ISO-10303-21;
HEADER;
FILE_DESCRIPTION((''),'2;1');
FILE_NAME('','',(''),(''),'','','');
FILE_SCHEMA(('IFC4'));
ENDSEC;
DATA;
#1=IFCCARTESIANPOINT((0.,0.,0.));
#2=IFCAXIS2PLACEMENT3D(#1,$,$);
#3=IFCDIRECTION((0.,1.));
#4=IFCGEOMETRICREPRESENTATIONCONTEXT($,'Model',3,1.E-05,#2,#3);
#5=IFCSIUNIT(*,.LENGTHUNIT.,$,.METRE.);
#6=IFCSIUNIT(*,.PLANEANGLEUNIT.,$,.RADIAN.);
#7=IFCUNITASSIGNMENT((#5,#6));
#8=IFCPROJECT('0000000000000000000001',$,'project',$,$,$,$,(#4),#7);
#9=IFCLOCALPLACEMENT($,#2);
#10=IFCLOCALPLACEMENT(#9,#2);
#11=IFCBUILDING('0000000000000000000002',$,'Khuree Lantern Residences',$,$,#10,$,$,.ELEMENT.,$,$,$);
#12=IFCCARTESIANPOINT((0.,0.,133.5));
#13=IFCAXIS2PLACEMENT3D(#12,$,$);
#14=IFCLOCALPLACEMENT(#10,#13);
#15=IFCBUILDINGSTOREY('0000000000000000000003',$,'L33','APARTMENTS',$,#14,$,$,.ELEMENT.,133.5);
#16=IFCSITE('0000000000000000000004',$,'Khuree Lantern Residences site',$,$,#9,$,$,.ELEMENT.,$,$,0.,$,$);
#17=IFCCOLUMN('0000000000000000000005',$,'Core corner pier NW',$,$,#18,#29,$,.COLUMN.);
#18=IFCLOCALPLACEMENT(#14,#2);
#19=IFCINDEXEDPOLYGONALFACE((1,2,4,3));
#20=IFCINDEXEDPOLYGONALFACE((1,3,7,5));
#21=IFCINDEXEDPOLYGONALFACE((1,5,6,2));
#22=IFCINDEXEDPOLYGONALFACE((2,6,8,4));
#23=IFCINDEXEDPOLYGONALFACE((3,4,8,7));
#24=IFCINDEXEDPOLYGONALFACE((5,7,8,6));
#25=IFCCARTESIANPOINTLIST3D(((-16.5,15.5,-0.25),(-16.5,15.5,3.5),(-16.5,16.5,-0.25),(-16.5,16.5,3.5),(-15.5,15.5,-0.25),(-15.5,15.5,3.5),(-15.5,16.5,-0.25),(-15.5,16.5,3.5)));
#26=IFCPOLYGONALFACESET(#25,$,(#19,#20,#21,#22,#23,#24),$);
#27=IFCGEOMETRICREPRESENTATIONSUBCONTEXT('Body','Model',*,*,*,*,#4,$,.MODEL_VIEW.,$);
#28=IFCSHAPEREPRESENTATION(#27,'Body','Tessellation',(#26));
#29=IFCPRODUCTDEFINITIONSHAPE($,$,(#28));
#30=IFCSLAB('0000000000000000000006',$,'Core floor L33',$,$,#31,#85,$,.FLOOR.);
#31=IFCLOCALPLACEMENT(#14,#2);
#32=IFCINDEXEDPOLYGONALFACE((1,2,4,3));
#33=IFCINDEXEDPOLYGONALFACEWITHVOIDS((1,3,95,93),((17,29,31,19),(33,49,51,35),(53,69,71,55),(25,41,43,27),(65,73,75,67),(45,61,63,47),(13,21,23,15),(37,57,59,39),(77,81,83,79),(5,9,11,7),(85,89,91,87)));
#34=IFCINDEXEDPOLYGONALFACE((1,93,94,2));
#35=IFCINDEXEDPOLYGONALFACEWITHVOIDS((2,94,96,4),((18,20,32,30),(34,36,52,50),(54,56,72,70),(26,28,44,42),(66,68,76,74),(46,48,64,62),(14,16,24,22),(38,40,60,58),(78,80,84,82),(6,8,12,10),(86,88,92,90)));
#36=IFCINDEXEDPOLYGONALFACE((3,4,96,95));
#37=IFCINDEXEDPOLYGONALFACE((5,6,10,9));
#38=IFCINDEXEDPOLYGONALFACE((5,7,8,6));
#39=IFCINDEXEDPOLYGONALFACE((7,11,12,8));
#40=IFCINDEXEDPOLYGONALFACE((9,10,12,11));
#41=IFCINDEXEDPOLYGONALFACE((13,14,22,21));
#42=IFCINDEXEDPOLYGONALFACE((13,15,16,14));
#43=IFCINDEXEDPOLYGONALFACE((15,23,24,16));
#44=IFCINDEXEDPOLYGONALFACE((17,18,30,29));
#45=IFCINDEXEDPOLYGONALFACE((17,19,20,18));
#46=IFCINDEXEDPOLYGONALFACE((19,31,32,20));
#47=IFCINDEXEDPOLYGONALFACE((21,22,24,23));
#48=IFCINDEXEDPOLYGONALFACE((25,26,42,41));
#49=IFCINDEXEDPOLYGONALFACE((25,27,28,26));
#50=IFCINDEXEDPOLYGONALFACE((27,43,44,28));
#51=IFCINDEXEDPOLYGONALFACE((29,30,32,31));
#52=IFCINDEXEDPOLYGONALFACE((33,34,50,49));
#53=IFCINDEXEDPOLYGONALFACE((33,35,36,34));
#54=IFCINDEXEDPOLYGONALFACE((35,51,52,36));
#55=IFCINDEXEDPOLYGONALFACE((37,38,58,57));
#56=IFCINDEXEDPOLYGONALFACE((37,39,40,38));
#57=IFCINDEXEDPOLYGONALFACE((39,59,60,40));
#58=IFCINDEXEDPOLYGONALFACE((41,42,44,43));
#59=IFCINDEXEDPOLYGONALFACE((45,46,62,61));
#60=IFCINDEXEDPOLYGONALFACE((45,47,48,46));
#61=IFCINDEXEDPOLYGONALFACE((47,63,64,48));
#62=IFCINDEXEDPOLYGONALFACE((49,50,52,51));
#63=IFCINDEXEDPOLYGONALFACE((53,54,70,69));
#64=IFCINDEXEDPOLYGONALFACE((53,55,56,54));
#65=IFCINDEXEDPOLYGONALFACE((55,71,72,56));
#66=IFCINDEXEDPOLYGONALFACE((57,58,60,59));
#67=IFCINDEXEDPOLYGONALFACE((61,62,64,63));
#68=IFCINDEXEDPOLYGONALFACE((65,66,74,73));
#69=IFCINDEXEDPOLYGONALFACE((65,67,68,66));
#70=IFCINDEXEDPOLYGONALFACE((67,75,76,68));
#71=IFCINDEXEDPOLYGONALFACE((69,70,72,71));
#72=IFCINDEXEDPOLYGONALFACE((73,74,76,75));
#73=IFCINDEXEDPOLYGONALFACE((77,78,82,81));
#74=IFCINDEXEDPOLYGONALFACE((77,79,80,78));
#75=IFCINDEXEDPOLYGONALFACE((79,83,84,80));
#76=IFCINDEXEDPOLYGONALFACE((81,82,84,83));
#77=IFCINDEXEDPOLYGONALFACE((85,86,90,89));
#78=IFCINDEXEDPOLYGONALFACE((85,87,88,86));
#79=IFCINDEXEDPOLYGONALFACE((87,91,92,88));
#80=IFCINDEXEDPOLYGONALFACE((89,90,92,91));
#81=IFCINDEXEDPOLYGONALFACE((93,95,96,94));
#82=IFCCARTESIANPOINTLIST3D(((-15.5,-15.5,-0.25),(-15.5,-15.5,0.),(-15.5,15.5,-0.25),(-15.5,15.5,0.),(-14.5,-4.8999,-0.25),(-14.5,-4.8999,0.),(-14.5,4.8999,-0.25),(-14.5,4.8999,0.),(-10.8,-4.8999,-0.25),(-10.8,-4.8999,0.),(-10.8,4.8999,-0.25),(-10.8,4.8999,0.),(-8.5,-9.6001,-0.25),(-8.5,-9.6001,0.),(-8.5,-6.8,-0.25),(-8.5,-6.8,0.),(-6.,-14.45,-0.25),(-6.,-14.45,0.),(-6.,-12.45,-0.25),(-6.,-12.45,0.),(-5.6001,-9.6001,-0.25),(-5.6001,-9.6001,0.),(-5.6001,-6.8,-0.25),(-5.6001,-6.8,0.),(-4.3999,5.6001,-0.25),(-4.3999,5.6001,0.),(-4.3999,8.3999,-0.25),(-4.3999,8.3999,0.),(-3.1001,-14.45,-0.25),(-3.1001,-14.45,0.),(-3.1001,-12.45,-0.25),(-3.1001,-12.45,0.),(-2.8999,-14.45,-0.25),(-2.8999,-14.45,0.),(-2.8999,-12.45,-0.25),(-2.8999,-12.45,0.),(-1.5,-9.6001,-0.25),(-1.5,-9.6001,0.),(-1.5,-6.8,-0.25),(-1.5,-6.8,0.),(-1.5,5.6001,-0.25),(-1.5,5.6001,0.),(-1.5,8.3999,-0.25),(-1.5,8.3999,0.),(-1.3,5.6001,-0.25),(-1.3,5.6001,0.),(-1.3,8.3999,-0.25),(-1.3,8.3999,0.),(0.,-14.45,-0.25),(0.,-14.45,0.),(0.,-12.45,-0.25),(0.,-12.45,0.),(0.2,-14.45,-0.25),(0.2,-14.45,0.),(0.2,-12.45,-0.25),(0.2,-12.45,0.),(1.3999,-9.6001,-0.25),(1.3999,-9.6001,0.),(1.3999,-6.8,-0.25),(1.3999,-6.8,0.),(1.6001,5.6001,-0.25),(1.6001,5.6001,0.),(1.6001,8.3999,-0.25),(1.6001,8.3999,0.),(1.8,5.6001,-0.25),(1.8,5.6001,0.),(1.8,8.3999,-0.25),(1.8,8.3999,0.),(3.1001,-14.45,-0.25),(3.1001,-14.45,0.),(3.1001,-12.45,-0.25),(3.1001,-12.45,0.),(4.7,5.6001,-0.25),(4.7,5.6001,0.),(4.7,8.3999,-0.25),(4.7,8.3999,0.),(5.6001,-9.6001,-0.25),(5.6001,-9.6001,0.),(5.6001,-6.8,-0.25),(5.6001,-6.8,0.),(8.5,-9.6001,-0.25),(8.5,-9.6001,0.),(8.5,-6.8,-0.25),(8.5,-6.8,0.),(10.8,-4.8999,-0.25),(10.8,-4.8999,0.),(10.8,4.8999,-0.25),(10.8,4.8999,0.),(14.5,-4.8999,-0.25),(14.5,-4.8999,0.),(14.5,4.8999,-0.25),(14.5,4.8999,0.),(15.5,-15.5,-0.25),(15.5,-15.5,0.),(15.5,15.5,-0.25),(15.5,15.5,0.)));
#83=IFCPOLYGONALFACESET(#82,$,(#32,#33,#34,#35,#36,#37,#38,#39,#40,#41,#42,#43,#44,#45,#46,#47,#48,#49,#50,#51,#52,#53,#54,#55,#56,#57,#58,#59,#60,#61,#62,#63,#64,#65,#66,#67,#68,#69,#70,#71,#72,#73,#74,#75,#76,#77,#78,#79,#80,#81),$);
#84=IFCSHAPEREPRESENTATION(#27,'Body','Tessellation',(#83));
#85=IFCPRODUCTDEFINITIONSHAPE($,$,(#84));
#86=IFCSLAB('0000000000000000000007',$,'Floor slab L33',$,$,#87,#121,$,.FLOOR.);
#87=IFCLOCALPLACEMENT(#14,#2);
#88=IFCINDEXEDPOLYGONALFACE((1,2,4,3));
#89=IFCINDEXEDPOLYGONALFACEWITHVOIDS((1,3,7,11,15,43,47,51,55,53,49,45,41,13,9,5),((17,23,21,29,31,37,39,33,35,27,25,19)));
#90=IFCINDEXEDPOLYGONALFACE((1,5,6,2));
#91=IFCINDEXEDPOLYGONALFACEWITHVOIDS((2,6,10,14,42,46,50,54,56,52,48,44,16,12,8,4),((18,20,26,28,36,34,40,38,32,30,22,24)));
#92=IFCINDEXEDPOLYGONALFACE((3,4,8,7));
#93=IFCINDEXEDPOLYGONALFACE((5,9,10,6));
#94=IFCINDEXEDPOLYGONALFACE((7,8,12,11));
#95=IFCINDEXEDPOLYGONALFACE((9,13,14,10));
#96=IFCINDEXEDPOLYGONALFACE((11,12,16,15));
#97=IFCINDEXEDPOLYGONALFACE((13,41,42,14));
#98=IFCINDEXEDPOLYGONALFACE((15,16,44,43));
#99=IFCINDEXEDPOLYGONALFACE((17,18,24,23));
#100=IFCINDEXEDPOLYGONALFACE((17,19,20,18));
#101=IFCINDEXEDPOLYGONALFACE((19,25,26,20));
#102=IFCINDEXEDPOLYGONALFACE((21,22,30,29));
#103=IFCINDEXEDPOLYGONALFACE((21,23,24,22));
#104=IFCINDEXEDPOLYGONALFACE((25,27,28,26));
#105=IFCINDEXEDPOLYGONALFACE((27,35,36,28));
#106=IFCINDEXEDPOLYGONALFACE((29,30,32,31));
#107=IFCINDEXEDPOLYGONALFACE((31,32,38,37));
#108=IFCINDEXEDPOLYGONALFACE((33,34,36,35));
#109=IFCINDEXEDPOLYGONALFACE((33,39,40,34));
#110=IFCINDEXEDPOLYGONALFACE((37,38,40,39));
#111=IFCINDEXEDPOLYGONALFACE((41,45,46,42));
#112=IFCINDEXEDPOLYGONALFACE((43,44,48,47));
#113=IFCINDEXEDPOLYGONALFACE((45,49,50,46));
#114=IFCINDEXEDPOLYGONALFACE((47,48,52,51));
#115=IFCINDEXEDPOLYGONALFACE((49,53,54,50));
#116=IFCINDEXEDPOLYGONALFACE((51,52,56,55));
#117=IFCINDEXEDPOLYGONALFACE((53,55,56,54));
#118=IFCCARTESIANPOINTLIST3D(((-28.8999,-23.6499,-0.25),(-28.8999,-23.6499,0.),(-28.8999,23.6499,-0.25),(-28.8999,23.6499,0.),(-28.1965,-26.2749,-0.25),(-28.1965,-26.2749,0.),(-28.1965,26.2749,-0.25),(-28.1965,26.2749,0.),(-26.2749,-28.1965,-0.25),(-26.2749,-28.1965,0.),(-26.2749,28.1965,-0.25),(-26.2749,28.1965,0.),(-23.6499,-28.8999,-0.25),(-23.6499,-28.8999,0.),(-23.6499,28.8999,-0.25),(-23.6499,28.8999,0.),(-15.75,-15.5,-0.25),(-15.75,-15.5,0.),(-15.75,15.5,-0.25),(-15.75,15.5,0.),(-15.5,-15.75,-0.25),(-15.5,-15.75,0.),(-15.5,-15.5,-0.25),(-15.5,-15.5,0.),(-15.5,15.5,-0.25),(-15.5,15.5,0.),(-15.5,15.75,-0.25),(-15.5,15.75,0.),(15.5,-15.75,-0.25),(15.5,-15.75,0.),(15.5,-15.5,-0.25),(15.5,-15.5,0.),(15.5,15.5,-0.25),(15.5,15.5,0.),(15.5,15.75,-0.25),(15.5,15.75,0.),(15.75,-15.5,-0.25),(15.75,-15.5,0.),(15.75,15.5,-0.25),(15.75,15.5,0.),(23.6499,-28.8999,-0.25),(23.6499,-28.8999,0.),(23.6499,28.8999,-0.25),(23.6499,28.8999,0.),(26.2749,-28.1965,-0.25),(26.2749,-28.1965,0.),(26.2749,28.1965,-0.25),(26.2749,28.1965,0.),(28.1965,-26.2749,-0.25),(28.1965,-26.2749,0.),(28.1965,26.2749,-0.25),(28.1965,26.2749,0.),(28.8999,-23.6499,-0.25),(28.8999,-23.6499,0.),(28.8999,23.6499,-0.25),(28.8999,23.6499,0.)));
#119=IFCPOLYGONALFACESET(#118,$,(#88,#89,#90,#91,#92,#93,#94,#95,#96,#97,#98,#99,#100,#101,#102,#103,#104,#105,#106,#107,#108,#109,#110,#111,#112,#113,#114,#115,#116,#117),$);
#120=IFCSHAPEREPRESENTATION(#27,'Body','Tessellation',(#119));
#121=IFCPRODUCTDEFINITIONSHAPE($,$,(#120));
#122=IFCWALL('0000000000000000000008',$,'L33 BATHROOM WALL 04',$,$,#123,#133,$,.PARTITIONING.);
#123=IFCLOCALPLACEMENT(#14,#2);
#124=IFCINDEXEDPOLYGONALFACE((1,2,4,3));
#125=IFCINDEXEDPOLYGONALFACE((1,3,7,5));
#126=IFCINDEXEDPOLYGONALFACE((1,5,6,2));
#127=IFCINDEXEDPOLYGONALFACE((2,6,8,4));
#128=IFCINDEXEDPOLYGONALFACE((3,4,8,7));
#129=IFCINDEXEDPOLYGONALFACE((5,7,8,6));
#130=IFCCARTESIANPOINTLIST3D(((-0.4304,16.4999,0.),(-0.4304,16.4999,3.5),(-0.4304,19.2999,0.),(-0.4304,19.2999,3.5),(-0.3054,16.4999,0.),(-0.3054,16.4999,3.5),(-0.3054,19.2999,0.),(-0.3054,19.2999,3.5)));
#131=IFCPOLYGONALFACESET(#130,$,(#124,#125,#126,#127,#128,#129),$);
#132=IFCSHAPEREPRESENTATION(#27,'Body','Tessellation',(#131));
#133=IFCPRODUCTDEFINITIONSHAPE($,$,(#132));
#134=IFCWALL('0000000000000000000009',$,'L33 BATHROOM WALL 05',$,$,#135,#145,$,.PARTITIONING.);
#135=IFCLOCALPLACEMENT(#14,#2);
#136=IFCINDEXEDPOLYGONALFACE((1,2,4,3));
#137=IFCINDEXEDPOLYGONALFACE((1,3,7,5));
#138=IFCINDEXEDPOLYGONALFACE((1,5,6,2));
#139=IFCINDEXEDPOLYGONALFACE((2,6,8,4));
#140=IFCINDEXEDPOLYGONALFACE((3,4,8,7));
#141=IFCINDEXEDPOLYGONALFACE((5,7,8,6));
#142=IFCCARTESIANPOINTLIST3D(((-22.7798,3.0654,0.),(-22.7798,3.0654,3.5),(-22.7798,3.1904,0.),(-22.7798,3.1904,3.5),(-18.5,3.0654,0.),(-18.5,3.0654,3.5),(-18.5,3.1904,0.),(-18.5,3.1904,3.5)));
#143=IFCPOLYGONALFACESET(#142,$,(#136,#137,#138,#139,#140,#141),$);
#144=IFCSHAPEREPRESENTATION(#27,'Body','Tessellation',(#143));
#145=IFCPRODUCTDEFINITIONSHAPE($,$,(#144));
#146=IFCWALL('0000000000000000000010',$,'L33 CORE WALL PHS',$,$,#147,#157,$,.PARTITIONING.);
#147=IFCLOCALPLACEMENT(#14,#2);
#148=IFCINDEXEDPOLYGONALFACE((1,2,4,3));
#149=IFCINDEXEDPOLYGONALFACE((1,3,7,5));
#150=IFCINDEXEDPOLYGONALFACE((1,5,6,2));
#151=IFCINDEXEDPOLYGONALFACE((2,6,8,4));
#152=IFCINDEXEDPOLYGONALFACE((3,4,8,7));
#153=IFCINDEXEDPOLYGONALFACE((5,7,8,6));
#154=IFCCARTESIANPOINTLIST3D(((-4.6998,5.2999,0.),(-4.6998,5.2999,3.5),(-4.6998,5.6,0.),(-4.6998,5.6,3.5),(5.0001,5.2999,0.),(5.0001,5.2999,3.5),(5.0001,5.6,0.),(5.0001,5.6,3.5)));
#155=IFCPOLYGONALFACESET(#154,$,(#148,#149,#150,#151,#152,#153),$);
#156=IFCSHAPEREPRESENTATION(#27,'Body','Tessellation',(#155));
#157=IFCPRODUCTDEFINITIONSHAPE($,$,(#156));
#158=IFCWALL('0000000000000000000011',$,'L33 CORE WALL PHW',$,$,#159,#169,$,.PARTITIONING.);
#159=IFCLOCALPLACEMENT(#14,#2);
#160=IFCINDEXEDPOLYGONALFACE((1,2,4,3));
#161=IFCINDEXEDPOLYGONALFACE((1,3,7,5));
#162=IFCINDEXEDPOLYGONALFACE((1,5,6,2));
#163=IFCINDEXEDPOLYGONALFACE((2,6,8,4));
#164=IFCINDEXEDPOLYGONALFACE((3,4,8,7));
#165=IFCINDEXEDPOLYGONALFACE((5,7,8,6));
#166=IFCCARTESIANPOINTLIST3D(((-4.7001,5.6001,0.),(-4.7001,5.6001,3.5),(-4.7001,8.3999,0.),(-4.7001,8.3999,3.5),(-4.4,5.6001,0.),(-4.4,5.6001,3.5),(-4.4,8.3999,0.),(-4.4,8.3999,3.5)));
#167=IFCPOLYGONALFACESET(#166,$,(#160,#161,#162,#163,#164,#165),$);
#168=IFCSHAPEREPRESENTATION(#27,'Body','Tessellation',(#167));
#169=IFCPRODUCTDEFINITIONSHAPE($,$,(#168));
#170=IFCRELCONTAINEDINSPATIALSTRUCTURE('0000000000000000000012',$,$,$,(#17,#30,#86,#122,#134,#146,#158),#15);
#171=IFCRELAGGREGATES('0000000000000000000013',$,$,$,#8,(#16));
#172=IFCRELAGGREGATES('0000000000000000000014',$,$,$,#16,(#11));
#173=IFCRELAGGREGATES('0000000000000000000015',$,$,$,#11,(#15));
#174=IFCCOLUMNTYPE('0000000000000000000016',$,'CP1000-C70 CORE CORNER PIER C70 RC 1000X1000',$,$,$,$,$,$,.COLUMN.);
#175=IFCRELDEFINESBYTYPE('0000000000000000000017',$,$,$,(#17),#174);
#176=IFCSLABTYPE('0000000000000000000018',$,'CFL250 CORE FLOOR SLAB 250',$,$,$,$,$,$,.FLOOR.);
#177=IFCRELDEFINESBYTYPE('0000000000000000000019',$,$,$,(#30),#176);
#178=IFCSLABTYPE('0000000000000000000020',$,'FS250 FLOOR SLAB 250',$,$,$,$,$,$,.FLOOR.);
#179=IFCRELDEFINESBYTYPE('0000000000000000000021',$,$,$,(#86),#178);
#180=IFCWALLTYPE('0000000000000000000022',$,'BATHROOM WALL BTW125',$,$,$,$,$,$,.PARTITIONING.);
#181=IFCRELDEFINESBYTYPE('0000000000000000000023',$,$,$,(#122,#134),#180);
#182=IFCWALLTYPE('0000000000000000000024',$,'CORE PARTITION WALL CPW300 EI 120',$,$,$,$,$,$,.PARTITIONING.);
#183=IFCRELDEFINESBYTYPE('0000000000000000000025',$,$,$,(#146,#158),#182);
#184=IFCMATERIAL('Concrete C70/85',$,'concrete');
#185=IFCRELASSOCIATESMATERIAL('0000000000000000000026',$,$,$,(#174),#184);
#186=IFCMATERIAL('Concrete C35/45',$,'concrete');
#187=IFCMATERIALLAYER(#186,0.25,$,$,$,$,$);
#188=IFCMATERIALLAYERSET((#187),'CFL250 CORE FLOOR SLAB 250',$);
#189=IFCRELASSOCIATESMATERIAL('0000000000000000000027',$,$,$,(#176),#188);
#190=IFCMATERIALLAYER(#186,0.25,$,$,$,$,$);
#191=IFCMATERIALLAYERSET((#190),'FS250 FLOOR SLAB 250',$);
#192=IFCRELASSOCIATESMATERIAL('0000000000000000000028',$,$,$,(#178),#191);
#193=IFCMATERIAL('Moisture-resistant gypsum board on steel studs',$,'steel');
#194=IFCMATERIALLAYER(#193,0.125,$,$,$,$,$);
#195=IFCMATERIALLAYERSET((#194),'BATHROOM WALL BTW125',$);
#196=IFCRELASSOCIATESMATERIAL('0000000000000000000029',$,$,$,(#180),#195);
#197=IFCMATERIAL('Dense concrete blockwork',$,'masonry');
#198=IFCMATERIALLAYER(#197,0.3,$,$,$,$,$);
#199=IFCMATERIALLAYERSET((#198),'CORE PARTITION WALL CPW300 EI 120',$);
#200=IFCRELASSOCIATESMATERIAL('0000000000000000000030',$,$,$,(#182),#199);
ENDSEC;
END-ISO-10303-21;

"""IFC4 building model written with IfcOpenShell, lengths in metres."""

from ifc_helpers import new_model, si_unit, direction, frame, frame_2d, origin, origin_2d, place, context, subcontext, project, spatial, polyline, rectangle, outline, extrude, material, layer, layer_set, material_profile, profile_set, type_object, element, save


model = new_model("IFC4")

# Units and contexts
model_context = context("Model", 3, precision=1e-05, world=origin(), true_north=direction((0.0, 1.0)))
body_context = subcontext(model_context, "Body", "Model", "MODEL_VIEW")
ifc_project = project(units=[si_unit("LENGTHUNIT", "METRE"), si_unit("PLANEANGLEUNIT", "RADIAN")], contexts=[model_context])

# Site, building, storey
site_placement = place(None, origin())
site = spatial("IfcSite", under=ifc_project, at=site_placement, Name="Khuree Lantern Residences site", CompositionType="ELEMENT", RefElevation=0.0)
building_placement = place(site_placement, origin())
building = spatial("IfcBuilding", under=site, at=building_placement, Name="Khuree Lantern Residences", CompositionType="ELEMENT")
storey_placement = place(building_placement, frame((0.0, 0.0, 133.5)))
storey = spatial("IfcBuildingStorey", under=building, at=storey_placement, Name="L33", Description="APARTMENTS", CompositionType="ELEMENT", Elevation=133.5)

# Column
ifc_material_1 = material(Name="Concrete C70/85", Category="concrete")
ifc_material_profile = material_profile(ifc_material_1, rectangle(XDim=1.0, YDim=1.0, at=origin_2d()), Name="RC 1000X1000")
ifc_profile_set = profile_set([ifc_material_profile], Name="Concrete C70/85")
column_type = type_object("IfcColumnType", Name="CP1000-C70 CORE CORNER PIER C70 RC 1000X1000", PredefinedType="COLUMN", material=ifc_profile_set)
column_placement = place(storey_placement, frame((-16.0, 16.0, -0.25), z_axis=(0.0, 0.0, 1.0), x_axis=(1.0, 0.0, 0.0)))
element("IfcColumn", 1, at=column_placement, inside=storey, type_object=column_type, Name="Core corner pier NW", PredefinedType="COLUMN", context=body_context, shape_type="SweptSolid", body=[
    extrude(rectangle(XDim=1.0, YDim=1.0, at=origin_2d()), origin(), (0.0, 0.0, 1.0), 3.75),
])

# Slabs
ifc_material_2 = material(Name="Concrete C35/45", Category="concrete")
ifc_layer_1 = layer(ifc_material_2, 0.25)
ifc_layer_set_1 = layer_set([ifc_layer_1], Name="CFL250 CORE FLOOR SLAB 250")
slab_type_1 = type_object("IfcSlabType", Name="CFL250 CORE FLOOR SLAB 250", PredefinedType="FLOOR", material=ifc_layer_set_1)
slab_1_placement = place(storey_placement, frame((0.0, 0.0, -0.25)))
element("IfcSlab", 2, at=slab_1_placement, inside=storey, type_object=slab_type_1, Name="Core floor L33", PredefinedType="FLOOR", context=body_context, shape_type="SweptSolid", body=[
    extrude(outline(polyline([(-15.5, -15.5), (-15.5, 15.5), (15.5, 15.5), (15.5, -15.5), (-15.5, -15.5)]), holes=[polyline([(10.8, 4.8999), (10.8, -4.8999), (14.5, -4.8999), (14.5, 4.8999), (10.8, 4.8999)]), polyline([(8.5, -6.8), (5.6001, -6.8), (5.6001, -9.6001), (8.5, -9.6001), (8.5, -6.8)]), polyline([(4.7, 8.3999), (1.8, 8.3999), (1.8, 5.6001), (4.7, 5.6001), (4.7, 8.3999)]), polyline([(3.1001, -12.45), (0.2, -12.45), (0.2, -14.45), (3.1001, -14.45), (3.1001, -12.45)]), polyline([(1.6001, 8.3999), (-1.3, 8.3999), (-1.3, 5.6001), (1.6001, 5.6001), (1.6001, 8.3999)]), polyline([(1.3999, -6.8), (-1.5, -6.8), (-1.5, -9.6001), (1.3999, -9.6001), (1.3999, -6.8)]), polyline([(-2.8999, -12.45), (-2.8999, -14.45), (0.0, -14.45), (0.0, -12.45), (-2.8999, -12.45)]), polyline([(-4.3999, 8.3999), (-4.3999, 5.6001), (-1.5, 5.6001), (-1.5, 8.3999), (-4.3999, 8.3999)]), polyline([(-6.0, -12.45), (-6.0, -14.45), (-3.1001, -14.45), (-3.1001, -12.45), (-6.0, -12.45)]), polyline([(-8.5, -6.8), (-8.5, -9.6001), (-5.6001, -9.6001), (-5.6001, -6.8), (-8.5, -6.8)]), polyline([(-10.8, 4.8999), (-14.5, 4.8999), (-14.5, -4.8999), (-10.8, -4.8999), (-10.8, 4.8999)])]), origin(), (0.0, 0.0, 1.0), 0.25),
])
ifc_layer_2 = layer(ifc_material_2, 0.25)
ifc_layer_set_2 = layer_set([ifc_layer_2], Name="FS250 FLOOR SLAB 250")
slab_type_2 = type_object("IfcSlabType", Name="FS250 FLOOR SLAB 250", PredefinedType="FLOOR", material=ifc_layer_set_2)
slab_2_placement = place(storey_placement, frame((0.0, 0.0, -0.25)))
element("IfcSlab", 3, at=slab_2_placement, inside=storey, type_object=slab_type_2, Name="Floor slab L33", PredefinedType="FLOOR", context=body_context, shape_type="SweptSolid", body=[
    extrude(outline(polyline([(-26.2749, -28.1965), (-28.1965, -26.2749), (-28.8999, -23.6499), (-28.8999, 23.6499), (-28.1965, 26.2749), (-26.2749, 28.1965), (-23.6499, 28.8999), (23.6499, 28.8999), (26.2749, 28.1965), (28.1965, 26.2749), (28.8999, 23.6499), (28.8999, -23.6499), (28.1965, -26.2749), (26.2749, -28.1965), (23.6499, -28.8999), (-23.6499, -28.8999), (-26.2749, -28.1965)]), holes=[polyline([(15.75, 15.5), (15.5, 15.5), (15.5, 15.75), (-15.5, 15.75), (-15.5, 15.5), (-15.75, 15.5), (-15.75, -15.5), (-15.5, -15.5), (-15.5, -15.75), (15.5, -15.75), (15.5, -15.5), (15.75, -15.5), (15.75, 15.5)])]), origin(), (0.0, 0.0, 1.0), 0.25),
])

# Walls
ifc_material_3 = material(Name="Moisture-resistant gypsum board on steel studs", Category="steel")
ifc_layer_3 = layer(ifc_material_3, 0.125)
ifc_layer_set_3 = layer_set([ifc_layer_3], Name="BATHROOM WALL BTW125")
wall_type_1 = type_object("IfcWallType", Name="BATHROOM WALL BTW125", PredefinedType="PARTITIONING", material=ifc_layer_set_3)
wall_1_placement = place(storey_placement, frame((-0.3679, 16.5, 0.0), z_axis=(0.0, 0.0, 1.0), x_axis=(0.0, 1.0, 0.0)))
element("IfcWall", 4, at=wall_1_placement, inside=storey, type_object=wall_type_1, Name="L33 BATHROOM WALL 04", PredefinedType="PARTITIONING", context=body_context, shape_type="SweptSolid", body=[
    extrude(rectangle(XDim=2.8, YDim=0.125, at=frame_2d((1.3999, 0.0))), origin(), (0.0, 0.0, 1.0), 3.5),
])
wall_2_placement = place(storey_placement, frame((-18.5, 3.1279, 0.0), z_axis=(0.0, 0.0, 1.0), x_axis=(-1.0, 0.0, 0.0)))
element("IfcWall", 5, at=wall_2_placement, inside=storey, type_object=wall_type_1, Name="L33 BATHROOM WALL 05", PredefinedType="PARTITIONING", context=body_context, shape_type="SweptSolid", body=[
    extrude(rectangle(XDim=4.2798, YDim=0.125, at=frame_2d((2.1399, 0.0))), origin(), (0.0, 0.0, 1.0), 3.5),
])
ifc_material_4 = material(Name="Dense concrete blockwork", Category="masonry")
ifc_layer_4 = layer(ifc_material_4, 0.3)
ifc_layer_set_4 = layer_set([ifc_layer_4], Name="CORE PARTITION WALL CPW300 EI 120")
wall_type_2 = type_object("IfcWallType", Name="CORE PARTITION WALL CPW300 EI 120", PredefinedType="PARTITIONING", material=ifc_layer_set_4)
wall_3_placement = place(storey_placement, frame((-4.7, 5.45, 0.0), z_axis=(0.0, 0.0, 1.0), x_axis=(1.0, 0.0, 0.0)))
element("IfcWall", 6, at=wall_3_placement, inside=storey, type_object=wall_type_2, Name="L33 CORE WALL PHS", PredefinedType="PARTITIONING", context=body_context, shape_type="SweptSolid", body=[
    extrude(rectangle(XDim=9.7, YDim=0.3, at=frame_2d((4.8501, 0.0))), origin(), (0.0, 0.0, 1.0), 3.5),
])
wall_4_placement = place(storey_placement, frame((-4.55, 5.6001, 0.0), z_axis=(0.0, 0.0, 1.0), x_axis=(0.0, 1.0, 0.0)))
element("IfcWall", 7, at=wall_4_placement, inside=storey, type_object=wall_type_2, Name="L33 CORE WALL PHW", PredefinedType="PARTITIONING", context=body_context, shape_type="SweptSolid", body=[
    extrude(rectangle(XDim=2.7998, YDim=0.3, at=frame_2d((1.3999, 0.0))), origin(), (0.0, 0.0, 1.0), 3.5),
])

save(model, "model.ifc")
